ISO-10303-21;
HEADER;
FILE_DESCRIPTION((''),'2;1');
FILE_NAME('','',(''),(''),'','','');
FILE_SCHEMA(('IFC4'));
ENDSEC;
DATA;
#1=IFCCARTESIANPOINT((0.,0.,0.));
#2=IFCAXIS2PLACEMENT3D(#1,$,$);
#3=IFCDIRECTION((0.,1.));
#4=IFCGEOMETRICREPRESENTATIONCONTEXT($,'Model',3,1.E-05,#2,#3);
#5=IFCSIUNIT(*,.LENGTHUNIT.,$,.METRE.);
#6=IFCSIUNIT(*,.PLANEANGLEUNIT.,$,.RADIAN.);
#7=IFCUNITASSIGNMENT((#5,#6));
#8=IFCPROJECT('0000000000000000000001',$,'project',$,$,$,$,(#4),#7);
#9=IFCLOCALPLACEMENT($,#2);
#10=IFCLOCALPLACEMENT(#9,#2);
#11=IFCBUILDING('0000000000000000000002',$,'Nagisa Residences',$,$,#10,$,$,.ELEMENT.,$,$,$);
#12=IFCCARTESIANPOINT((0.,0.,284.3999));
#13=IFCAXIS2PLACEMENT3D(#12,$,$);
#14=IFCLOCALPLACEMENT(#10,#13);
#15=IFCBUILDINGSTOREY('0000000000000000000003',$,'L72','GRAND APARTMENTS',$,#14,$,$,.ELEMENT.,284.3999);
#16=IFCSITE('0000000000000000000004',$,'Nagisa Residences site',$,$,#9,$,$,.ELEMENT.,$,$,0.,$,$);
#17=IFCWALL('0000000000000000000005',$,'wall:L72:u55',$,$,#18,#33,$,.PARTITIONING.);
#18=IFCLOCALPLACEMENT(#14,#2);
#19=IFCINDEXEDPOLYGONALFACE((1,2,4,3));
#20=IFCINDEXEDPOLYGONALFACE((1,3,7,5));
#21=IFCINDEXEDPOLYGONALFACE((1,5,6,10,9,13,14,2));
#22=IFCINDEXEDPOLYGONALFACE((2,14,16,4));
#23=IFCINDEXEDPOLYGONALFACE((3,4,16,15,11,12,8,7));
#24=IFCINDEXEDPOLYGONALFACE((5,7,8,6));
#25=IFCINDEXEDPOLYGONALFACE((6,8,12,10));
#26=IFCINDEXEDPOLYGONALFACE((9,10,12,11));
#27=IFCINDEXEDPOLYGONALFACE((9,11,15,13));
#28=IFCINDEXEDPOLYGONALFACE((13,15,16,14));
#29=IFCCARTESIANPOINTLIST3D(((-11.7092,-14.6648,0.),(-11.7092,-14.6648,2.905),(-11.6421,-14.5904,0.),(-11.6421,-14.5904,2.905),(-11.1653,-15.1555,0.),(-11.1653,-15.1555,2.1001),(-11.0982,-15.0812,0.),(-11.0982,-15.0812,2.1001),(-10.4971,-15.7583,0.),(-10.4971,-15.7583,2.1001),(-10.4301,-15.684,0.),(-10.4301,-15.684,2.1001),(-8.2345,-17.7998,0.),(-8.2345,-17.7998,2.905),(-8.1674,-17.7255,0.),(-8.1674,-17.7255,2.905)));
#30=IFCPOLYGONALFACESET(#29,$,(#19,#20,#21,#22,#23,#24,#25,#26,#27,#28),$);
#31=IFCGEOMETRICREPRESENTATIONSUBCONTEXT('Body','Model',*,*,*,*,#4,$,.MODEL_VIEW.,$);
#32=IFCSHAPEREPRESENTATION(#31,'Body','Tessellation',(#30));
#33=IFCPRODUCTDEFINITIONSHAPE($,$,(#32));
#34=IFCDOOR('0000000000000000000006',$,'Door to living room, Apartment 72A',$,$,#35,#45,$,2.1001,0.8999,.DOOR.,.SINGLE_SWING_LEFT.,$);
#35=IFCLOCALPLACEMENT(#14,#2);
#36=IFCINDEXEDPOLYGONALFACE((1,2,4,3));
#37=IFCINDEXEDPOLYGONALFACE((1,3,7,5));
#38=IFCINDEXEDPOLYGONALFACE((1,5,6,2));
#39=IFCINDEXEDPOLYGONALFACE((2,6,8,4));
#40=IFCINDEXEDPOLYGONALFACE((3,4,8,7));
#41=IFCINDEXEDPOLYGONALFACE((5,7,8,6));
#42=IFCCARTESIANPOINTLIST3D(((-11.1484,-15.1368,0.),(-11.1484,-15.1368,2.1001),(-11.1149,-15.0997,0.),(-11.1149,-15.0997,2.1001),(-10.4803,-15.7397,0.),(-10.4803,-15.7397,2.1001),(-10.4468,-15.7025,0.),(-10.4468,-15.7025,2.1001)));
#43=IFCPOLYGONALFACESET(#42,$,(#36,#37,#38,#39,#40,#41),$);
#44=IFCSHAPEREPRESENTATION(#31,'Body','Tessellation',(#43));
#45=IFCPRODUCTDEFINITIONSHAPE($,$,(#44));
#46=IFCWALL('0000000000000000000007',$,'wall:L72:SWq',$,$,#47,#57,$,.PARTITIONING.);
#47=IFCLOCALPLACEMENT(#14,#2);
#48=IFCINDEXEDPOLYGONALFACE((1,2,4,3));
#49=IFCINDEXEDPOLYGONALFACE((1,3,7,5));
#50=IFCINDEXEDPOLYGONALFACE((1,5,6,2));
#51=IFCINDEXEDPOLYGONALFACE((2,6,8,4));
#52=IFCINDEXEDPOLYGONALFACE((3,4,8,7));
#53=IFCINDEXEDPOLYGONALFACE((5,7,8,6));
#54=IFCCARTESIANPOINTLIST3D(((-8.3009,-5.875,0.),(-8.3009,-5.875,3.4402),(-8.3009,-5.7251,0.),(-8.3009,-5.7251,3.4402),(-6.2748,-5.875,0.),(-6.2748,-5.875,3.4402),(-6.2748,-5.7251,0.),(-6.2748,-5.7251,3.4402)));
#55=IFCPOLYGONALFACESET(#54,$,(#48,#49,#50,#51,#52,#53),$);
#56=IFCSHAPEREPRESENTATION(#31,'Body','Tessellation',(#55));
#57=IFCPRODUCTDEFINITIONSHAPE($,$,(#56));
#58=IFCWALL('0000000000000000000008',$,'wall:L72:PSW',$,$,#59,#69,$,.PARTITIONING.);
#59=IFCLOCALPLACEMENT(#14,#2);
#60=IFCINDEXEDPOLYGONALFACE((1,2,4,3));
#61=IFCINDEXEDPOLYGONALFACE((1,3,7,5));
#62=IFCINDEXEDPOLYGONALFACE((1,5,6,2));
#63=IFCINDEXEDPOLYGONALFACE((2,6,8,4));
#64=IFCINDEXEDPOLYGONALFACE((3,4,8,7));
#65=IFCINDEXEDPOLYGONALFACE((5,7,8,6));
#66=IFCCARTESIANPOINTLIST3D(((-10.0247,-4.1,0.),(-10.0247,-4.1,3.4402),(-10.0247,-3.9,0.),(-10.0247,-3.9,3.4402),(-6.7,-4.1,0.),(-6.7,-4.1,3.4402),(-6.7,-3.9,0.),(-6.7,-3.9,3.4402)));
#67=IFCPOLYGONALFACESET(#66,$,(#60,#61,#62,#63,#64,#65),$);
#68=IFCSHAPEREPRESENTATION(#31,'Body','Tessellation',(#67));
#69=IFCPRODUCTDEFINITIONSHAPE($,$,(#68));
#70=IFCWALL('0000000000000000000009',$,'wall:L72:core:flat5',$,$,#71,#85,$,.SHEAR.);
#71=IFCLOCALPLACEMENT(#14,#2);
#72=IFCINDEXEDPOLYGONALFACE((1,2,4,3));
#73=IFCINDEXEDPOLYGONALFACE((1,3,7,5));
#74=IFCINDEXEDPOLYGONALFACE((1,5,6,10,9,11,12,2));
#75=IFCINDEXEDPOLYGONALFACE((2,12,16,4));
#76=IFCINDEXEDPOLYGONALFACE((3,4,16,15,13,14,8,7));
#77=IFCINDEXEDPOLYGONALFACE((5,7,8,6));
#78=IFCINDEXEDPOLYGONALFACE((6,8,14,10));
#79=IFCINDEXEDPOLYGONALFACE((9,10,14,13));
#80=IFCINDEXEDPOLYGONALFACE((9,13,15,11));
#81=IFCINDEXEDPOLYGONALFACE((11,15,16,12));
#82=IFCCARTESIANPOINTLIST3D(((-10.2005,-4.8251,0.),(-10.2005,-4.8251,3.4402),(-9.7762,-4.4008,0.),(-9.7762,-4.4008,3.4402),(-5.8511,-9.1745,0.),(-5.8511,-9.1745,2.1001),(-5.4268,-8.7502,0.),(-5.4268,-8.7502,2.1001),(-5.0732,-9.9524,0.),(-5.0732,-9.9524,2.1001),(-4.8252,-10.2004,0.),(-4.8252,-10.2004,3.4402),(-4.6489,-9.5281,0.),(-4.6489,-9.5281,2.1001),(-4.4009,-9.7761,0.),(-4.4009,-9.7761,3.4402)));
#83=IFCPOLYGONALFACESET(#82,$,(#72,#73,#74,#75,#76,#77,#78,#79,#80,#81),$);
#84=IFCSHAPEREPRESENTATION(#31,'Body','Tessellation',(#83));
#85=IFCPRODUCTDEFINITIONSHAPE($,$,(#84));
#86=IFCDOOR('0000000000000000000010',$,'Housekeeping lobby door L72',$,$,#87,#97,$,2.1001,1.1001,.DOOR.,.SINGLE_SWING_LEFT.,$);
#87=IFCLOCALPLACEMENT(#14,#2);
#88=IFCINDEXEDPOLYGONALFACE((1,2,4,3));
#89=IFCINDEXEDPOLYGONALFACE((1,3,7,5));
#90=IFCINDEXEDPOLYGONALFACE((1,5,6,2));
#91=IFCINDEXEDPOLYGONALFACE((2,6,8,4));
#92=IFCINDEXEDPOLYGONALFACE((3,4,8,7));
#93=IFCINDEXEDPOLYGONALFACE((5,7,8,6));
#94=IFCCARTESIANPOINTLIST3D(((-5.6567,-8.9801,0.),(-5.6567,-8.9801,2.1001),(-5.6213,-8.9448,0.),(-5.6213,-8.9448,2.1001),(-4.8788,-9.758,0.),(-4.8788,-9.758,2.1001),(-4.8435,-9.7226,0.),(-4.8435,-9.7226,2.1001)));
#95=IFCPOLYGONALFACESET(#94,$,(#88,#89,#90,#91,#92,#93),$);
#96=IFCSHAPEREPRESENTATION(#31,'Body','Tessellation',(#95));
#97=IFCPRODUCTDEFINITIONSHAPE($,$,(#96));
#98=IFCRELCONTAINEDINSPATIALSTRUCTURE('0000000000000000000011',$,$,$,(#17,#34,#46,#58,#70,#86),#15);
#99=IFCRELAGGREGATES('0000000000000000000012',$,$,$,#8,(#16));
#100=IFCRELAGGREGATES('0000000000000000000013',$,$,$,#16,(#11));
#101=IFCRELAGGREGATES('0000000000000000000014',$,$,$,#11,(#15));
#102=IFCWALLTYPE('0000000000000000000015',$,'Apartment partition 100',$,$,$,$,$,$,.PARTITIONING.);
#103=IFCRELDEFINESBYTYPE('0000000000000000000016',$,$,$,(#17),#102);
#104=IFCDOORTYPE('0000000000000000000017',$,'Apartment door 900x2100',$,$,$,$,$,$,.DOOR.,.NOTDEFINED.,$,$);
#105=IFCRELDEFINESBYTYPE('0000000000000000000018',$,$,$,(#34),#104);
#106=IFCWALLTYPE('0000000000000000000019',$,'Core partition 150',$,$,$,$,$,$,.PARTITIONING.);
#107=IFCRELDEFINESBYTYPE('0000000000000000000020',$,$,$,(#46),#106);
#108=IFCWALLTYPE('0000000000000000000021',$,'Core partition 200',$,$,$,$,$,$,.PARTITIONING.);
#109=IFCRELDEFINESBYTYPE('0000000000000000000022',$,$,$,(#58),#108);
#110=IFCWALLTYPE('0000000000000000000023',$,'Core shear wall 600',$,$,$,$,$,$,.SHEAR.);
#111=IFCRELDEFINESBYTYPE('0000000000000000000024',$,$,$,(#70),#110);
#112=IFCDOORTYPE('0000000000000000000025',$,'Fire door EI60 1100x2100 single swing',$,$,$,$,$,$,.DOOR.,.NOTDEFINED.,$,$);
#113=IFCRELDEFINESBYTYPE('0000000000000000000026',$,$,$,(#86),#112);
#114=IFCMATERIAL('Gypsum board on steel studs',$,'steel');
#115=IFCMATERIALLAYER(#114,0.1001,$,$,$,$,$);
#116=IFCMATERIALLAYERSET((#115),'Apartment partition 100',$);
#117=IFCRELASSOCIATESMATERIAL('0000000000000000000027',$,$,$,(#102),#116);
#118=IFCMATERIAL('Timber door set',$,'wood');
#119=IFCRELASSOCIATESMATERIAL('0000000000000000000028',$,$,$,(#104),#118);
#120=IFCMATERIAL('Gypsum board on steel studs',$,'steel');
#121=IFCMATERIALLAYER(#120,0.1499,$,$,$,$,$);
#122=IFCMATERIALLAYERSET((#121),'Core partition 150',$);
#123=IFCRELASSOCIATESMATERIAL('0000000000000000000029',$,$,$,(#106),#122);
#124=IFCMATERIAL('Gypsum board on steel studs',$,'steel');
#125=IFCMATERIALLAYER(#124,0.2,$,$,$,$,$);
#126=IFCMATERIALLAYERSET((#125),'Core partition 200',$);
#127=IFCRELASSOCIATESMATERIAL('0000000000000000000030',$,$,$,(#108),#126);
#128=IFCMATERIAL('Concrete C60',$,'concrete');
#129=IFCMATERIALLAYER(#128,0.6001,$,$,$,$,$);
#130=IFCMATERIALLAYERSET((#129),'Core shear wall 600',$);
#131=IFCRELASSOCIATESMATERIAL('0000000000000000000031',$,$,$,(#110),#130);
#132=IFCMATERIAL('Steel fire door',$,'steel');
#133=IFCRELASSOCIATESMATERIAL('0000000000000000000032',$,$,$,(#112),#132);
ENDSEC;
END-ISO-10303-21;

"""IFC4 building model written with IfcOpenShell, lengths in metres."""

from ifc_helpers import new_model, si_unit, direction, frame, frame_2d, origin, place, context, subcontext, project, spatial, rectangle, extrude, material, layer, layer_set, type_object, element, fill, save


model = new_model("IFC4")

# Units and contexts
model_context = context("Model", 3, precision=1e-05, world=origin(), true_north=direction((0.0, 1.0)))
body_context = subcontext(model_context, "Body", "Model", "MODEL_VIEW")
ifc_project = project(units=[si_unit("LENGTHUNIT", "METRE"), si_unit("PLANEANGLEUNIT", "RADIAN")], contexts=[model_context])

# Site, building, storey
site_placement = place(None, origin())
site = spatial("IfcSite", under=ifc_project, at=site_placement, Name="Nagisa Residences site", CompositionType="ELEMENT", RefElevation=0.0)
building_placement = place(site_placement, origin())
building = spatial("IfcBuilding", under=site, at=building_placement, Name="Nagisa Residences", CompositionType="ELEMENT")
storey_placement = place(building_placement, frame((0.0, 0.0, 284.3999)))
storey = spatial("IfcBuildingStorey", under=building, at=storey_placement, Name="L72", Description="GRAND APARTMENTS", CompositionType="ELEMENT", Elevation=284.3999)

# Shared definitions
ifc_material_1 = material(Name="Gypsum board on steel studs", Category="steel")
ifc_layer_1 = layer(ifc_material_1, 0.1001)
ifc_layer_set_1 = layer_set([ifc_layer_1], Name="Apartment partition 100")
wall_type_1 = type_object("IfcWallType", Name="Apartment partition 100", PredefinedType="PARTITIONING", material=ifc_layer_set_1)
ifc_material_2 = material(Name="Timber door set", Category="wood")
door_type_1 = type_object("IfcDoorType", Name="Apartment door 900x2100", OperationType="NOTDEFINED", PredefinedType="DOOR", material=ifc_material_2)

# Wall, opening, door
wall_1_placement = place(storey_placement, frame((-11.6755, -14.6277, 0.0), z_axis=(0.0, 0.0, 1.0), x_axis=(0.742458, -0.669892, 0.0)))
wall_1 = element("IfcWall", 1, at=wall_1_placement, inside=storey, type_object=wall_type_1, Name="wall:L72:u55", PredefinedType="PARTITIONING", context=body_context, shape_type="SweptSolid", body=[
    extrude(rectangle(XDim=4.6799, YDim=0.1001, at=frame_2d((2.3398, 0.0))), origin(), (0.0, 0.0, 1.0), 2.905),
])
opening_1_placement = place(wall_1_placement, frame((0.7324, 0.0, 0.0)))
opening_1 = element("IfcOpeningElement", 2, at=opening_1_placement, cuts=wall_1, PredefinedType="OPENING", context=body_context, shape_type="SweptSolid", body=[
    extrude(rectangle(XDim=0.8999, YDim=2.1001, at=frame_2d((0.45, 1.05))), frame((0.0, 0.0601, 0.0), z_axis=(0.0, -1.0, 0.0), x_axis=(1.0, 0.0, 0.0)), (0.0, 0.0, 1.0), 0.1201),
])
door_1_placement = place(opening_1_placement, frame((0.8999, 0.0, 0.0), x_axis=(-1.0, 0.0, 0.0)))
door_1 = element("IfcDoor", 3, at=door_1_placement, inside=storey, type_object=door_type_1, Name="Door to living room, Apartment 72A", OperationType="SINGLE_SWING_LEFT", OverallHeight=2.1001, OverallWidth=0.8999, PredefinedType="DOOR", context=body_context, shape_type="SweptSolid", body=[
    extrude(rectangle(XDim=0.8999, YDim=2.1001, at=frame_2d((0.45, 1.05))), frame((0.0, 0.0249, 0.0), z_axis=(0.0, -1.0, 0.0), x_axis=(1.0, 0.0, 0.0)), (0.0, 0.0, 1.0), 0.05),
])
fill(opening_1, door_1)

# Walls
ifc_material_3 = material(Name="Gypsum board on steel studs", Category="steel")
ifc_layer_2 = layer(ifc_material_3, 0.1499)
ifc_layer_set_2 = layer_set([ifc_layer_2], Name="Core partition 150")
wall_type_2 = type_object("IfcWallType", Name="Core partition 150", PredefinedType="PARTITIONING", material=ifc_layer_set_2)
wall_2_placement = place(storey_placement, frame((-8.301, -5.8, 0.0), z_axis=(0.0, 0.0, 1.0), x_axis=(1.0, 0.0, 0.0)))
element("IfcWall", 4, at=wall_2_placement, inside=storey, type_object=wall_type_2, Name="wall:L72:SWq", PredefinedType="PARTITIONING", context=body_context, shape_type="SweptSolid", body=[
    extrude(rectangle(XDim=2.0261, YDim=0.1499, at=frame_2d((1.0132, 0.0))), origin(), (0.0, 0.0, 1.0), 3.4402),
])
ifc_material_4 = material(Name="Gypsum board on steel studs", Category="steel")
ifc_layer_3 = layer(ifc_material_4, 0.2)
ifc_layer_set_3 = layer_set([ifc_layer_3], Name="Core partition 200")
wall_type_3 = type_object("IfcWallType", Name="Core partition 200", PredefinedType="PARTITIONING", material=ifc_layer_set_3)
wall_3_placement = place(storey_placement, frame((-10.0247, -4.0, 0.0), z_axis=(0.0, 0.0, 1.0), x_axis=(1.0, 0.0, 0.0)))
element("IfcWall", 5, at=wall_3_placement, inside=storey, type_object=wall_type_3, Name="wall:L72:PSW", PredefinedType="PARTITIONING", context=body_context, shape_type="SweptSolid", body=[
    extrude(rectangle(XDim=3.3247, YDim=0.2, at=frame_2d((1.6624, 0.0))), origin(), (0.0, 0.0, 1.0), 3.4402),
])

# Wall, opening, door
ifc_material_5 = material(Name="Concrete C60", Category="concrete")
ifc_layer_4 = layer(ifc_material_5, 0.6001)
ifc_layer_set_4 = layer_set([ifc_layer_4], Name="Core shear wall 600")
wall_type_4 = type_object("IfcWallType", Name="Core shear wall 600", PredefinedType="SHEAR", material=ifc_layer_set_4)
wall_4_placement = place(storey_placement, frame((-9.9883, -4.613, 0.0), z_axis=(0.0, 0.0, 1.0), x_axis=(0.707107, -0.707107, 0.0)))
wall_4 = element("IfcWall", 6, at=wall_4_placement, inside=storey, type_object=wall_type_4, Name="wall:L72:core:flat5", PredefinedType="SHEAR", context=body_context, shape_type="SweptSolid", body=[
    extrude(rectangle(XDim=7.6018, YDim=0.6001, at=frame_2d((3.8008, 0.0))), origin(), (0.0, 0.0, 1.0), 3.4402),
])
opening_2_placement = place(wall_4_placement, frame((6.1509, 0.0, 0.0)))
opening_2 = element("IfcOpeningElement", 7, at=opening_2_placement, cuts=wall_4, PredefinedType="OPENING", context=body_context, shape_type="SweptSolid", body=[
    extrude(rectangle(XDim=1.1001, YDim=2.1001, at=frame_2d((0.55, 1.05))), frame((0.0, 0.3101, 0.0), z_axis=(0.0, -1.0, 0.0), x_axis=(1.0, 0.0, 0.0)), (0.0, 0.0, 1.0), 0.6201),
])
ifc_material_6 = material(Name="Steel fire door", Category="steel")
door_type_2 = type_object("IfcDoorType", Name="Fire door EI60 1100x2100 single swing", OperationType="NOTDEFINED", PredefinedType="DOOR", material=ifc_material_6)
door_2_placement = place(opening_2_placement, origin())
door_2 = element("IfcDoor", 8, at=door_2_placement, inside=storey, type_object=door_type_2, Name="Housekeeping lobby door L72", OperationType="SINGLE_SWING_LEFT", OverallHeight=2.1001, OverallWidth=1.1001, PredefinedType="DOOR", context=body_context, shape_type="SweptSolid", body=[
    extrude(rectangle(XDim=1.1001, YDim=2.1001, at=frame_2d((0.55, 1.05))), frame((0.0, 0.0249, 0.0), z_axis=(0.0, -1.0, 0.0), x_axis=(1.0, 0.0, 0.0)), (0.0, 0.0, 1.0), 0.05),
])
fill(opening_2, door_2)

save(model, "model.ifc")
